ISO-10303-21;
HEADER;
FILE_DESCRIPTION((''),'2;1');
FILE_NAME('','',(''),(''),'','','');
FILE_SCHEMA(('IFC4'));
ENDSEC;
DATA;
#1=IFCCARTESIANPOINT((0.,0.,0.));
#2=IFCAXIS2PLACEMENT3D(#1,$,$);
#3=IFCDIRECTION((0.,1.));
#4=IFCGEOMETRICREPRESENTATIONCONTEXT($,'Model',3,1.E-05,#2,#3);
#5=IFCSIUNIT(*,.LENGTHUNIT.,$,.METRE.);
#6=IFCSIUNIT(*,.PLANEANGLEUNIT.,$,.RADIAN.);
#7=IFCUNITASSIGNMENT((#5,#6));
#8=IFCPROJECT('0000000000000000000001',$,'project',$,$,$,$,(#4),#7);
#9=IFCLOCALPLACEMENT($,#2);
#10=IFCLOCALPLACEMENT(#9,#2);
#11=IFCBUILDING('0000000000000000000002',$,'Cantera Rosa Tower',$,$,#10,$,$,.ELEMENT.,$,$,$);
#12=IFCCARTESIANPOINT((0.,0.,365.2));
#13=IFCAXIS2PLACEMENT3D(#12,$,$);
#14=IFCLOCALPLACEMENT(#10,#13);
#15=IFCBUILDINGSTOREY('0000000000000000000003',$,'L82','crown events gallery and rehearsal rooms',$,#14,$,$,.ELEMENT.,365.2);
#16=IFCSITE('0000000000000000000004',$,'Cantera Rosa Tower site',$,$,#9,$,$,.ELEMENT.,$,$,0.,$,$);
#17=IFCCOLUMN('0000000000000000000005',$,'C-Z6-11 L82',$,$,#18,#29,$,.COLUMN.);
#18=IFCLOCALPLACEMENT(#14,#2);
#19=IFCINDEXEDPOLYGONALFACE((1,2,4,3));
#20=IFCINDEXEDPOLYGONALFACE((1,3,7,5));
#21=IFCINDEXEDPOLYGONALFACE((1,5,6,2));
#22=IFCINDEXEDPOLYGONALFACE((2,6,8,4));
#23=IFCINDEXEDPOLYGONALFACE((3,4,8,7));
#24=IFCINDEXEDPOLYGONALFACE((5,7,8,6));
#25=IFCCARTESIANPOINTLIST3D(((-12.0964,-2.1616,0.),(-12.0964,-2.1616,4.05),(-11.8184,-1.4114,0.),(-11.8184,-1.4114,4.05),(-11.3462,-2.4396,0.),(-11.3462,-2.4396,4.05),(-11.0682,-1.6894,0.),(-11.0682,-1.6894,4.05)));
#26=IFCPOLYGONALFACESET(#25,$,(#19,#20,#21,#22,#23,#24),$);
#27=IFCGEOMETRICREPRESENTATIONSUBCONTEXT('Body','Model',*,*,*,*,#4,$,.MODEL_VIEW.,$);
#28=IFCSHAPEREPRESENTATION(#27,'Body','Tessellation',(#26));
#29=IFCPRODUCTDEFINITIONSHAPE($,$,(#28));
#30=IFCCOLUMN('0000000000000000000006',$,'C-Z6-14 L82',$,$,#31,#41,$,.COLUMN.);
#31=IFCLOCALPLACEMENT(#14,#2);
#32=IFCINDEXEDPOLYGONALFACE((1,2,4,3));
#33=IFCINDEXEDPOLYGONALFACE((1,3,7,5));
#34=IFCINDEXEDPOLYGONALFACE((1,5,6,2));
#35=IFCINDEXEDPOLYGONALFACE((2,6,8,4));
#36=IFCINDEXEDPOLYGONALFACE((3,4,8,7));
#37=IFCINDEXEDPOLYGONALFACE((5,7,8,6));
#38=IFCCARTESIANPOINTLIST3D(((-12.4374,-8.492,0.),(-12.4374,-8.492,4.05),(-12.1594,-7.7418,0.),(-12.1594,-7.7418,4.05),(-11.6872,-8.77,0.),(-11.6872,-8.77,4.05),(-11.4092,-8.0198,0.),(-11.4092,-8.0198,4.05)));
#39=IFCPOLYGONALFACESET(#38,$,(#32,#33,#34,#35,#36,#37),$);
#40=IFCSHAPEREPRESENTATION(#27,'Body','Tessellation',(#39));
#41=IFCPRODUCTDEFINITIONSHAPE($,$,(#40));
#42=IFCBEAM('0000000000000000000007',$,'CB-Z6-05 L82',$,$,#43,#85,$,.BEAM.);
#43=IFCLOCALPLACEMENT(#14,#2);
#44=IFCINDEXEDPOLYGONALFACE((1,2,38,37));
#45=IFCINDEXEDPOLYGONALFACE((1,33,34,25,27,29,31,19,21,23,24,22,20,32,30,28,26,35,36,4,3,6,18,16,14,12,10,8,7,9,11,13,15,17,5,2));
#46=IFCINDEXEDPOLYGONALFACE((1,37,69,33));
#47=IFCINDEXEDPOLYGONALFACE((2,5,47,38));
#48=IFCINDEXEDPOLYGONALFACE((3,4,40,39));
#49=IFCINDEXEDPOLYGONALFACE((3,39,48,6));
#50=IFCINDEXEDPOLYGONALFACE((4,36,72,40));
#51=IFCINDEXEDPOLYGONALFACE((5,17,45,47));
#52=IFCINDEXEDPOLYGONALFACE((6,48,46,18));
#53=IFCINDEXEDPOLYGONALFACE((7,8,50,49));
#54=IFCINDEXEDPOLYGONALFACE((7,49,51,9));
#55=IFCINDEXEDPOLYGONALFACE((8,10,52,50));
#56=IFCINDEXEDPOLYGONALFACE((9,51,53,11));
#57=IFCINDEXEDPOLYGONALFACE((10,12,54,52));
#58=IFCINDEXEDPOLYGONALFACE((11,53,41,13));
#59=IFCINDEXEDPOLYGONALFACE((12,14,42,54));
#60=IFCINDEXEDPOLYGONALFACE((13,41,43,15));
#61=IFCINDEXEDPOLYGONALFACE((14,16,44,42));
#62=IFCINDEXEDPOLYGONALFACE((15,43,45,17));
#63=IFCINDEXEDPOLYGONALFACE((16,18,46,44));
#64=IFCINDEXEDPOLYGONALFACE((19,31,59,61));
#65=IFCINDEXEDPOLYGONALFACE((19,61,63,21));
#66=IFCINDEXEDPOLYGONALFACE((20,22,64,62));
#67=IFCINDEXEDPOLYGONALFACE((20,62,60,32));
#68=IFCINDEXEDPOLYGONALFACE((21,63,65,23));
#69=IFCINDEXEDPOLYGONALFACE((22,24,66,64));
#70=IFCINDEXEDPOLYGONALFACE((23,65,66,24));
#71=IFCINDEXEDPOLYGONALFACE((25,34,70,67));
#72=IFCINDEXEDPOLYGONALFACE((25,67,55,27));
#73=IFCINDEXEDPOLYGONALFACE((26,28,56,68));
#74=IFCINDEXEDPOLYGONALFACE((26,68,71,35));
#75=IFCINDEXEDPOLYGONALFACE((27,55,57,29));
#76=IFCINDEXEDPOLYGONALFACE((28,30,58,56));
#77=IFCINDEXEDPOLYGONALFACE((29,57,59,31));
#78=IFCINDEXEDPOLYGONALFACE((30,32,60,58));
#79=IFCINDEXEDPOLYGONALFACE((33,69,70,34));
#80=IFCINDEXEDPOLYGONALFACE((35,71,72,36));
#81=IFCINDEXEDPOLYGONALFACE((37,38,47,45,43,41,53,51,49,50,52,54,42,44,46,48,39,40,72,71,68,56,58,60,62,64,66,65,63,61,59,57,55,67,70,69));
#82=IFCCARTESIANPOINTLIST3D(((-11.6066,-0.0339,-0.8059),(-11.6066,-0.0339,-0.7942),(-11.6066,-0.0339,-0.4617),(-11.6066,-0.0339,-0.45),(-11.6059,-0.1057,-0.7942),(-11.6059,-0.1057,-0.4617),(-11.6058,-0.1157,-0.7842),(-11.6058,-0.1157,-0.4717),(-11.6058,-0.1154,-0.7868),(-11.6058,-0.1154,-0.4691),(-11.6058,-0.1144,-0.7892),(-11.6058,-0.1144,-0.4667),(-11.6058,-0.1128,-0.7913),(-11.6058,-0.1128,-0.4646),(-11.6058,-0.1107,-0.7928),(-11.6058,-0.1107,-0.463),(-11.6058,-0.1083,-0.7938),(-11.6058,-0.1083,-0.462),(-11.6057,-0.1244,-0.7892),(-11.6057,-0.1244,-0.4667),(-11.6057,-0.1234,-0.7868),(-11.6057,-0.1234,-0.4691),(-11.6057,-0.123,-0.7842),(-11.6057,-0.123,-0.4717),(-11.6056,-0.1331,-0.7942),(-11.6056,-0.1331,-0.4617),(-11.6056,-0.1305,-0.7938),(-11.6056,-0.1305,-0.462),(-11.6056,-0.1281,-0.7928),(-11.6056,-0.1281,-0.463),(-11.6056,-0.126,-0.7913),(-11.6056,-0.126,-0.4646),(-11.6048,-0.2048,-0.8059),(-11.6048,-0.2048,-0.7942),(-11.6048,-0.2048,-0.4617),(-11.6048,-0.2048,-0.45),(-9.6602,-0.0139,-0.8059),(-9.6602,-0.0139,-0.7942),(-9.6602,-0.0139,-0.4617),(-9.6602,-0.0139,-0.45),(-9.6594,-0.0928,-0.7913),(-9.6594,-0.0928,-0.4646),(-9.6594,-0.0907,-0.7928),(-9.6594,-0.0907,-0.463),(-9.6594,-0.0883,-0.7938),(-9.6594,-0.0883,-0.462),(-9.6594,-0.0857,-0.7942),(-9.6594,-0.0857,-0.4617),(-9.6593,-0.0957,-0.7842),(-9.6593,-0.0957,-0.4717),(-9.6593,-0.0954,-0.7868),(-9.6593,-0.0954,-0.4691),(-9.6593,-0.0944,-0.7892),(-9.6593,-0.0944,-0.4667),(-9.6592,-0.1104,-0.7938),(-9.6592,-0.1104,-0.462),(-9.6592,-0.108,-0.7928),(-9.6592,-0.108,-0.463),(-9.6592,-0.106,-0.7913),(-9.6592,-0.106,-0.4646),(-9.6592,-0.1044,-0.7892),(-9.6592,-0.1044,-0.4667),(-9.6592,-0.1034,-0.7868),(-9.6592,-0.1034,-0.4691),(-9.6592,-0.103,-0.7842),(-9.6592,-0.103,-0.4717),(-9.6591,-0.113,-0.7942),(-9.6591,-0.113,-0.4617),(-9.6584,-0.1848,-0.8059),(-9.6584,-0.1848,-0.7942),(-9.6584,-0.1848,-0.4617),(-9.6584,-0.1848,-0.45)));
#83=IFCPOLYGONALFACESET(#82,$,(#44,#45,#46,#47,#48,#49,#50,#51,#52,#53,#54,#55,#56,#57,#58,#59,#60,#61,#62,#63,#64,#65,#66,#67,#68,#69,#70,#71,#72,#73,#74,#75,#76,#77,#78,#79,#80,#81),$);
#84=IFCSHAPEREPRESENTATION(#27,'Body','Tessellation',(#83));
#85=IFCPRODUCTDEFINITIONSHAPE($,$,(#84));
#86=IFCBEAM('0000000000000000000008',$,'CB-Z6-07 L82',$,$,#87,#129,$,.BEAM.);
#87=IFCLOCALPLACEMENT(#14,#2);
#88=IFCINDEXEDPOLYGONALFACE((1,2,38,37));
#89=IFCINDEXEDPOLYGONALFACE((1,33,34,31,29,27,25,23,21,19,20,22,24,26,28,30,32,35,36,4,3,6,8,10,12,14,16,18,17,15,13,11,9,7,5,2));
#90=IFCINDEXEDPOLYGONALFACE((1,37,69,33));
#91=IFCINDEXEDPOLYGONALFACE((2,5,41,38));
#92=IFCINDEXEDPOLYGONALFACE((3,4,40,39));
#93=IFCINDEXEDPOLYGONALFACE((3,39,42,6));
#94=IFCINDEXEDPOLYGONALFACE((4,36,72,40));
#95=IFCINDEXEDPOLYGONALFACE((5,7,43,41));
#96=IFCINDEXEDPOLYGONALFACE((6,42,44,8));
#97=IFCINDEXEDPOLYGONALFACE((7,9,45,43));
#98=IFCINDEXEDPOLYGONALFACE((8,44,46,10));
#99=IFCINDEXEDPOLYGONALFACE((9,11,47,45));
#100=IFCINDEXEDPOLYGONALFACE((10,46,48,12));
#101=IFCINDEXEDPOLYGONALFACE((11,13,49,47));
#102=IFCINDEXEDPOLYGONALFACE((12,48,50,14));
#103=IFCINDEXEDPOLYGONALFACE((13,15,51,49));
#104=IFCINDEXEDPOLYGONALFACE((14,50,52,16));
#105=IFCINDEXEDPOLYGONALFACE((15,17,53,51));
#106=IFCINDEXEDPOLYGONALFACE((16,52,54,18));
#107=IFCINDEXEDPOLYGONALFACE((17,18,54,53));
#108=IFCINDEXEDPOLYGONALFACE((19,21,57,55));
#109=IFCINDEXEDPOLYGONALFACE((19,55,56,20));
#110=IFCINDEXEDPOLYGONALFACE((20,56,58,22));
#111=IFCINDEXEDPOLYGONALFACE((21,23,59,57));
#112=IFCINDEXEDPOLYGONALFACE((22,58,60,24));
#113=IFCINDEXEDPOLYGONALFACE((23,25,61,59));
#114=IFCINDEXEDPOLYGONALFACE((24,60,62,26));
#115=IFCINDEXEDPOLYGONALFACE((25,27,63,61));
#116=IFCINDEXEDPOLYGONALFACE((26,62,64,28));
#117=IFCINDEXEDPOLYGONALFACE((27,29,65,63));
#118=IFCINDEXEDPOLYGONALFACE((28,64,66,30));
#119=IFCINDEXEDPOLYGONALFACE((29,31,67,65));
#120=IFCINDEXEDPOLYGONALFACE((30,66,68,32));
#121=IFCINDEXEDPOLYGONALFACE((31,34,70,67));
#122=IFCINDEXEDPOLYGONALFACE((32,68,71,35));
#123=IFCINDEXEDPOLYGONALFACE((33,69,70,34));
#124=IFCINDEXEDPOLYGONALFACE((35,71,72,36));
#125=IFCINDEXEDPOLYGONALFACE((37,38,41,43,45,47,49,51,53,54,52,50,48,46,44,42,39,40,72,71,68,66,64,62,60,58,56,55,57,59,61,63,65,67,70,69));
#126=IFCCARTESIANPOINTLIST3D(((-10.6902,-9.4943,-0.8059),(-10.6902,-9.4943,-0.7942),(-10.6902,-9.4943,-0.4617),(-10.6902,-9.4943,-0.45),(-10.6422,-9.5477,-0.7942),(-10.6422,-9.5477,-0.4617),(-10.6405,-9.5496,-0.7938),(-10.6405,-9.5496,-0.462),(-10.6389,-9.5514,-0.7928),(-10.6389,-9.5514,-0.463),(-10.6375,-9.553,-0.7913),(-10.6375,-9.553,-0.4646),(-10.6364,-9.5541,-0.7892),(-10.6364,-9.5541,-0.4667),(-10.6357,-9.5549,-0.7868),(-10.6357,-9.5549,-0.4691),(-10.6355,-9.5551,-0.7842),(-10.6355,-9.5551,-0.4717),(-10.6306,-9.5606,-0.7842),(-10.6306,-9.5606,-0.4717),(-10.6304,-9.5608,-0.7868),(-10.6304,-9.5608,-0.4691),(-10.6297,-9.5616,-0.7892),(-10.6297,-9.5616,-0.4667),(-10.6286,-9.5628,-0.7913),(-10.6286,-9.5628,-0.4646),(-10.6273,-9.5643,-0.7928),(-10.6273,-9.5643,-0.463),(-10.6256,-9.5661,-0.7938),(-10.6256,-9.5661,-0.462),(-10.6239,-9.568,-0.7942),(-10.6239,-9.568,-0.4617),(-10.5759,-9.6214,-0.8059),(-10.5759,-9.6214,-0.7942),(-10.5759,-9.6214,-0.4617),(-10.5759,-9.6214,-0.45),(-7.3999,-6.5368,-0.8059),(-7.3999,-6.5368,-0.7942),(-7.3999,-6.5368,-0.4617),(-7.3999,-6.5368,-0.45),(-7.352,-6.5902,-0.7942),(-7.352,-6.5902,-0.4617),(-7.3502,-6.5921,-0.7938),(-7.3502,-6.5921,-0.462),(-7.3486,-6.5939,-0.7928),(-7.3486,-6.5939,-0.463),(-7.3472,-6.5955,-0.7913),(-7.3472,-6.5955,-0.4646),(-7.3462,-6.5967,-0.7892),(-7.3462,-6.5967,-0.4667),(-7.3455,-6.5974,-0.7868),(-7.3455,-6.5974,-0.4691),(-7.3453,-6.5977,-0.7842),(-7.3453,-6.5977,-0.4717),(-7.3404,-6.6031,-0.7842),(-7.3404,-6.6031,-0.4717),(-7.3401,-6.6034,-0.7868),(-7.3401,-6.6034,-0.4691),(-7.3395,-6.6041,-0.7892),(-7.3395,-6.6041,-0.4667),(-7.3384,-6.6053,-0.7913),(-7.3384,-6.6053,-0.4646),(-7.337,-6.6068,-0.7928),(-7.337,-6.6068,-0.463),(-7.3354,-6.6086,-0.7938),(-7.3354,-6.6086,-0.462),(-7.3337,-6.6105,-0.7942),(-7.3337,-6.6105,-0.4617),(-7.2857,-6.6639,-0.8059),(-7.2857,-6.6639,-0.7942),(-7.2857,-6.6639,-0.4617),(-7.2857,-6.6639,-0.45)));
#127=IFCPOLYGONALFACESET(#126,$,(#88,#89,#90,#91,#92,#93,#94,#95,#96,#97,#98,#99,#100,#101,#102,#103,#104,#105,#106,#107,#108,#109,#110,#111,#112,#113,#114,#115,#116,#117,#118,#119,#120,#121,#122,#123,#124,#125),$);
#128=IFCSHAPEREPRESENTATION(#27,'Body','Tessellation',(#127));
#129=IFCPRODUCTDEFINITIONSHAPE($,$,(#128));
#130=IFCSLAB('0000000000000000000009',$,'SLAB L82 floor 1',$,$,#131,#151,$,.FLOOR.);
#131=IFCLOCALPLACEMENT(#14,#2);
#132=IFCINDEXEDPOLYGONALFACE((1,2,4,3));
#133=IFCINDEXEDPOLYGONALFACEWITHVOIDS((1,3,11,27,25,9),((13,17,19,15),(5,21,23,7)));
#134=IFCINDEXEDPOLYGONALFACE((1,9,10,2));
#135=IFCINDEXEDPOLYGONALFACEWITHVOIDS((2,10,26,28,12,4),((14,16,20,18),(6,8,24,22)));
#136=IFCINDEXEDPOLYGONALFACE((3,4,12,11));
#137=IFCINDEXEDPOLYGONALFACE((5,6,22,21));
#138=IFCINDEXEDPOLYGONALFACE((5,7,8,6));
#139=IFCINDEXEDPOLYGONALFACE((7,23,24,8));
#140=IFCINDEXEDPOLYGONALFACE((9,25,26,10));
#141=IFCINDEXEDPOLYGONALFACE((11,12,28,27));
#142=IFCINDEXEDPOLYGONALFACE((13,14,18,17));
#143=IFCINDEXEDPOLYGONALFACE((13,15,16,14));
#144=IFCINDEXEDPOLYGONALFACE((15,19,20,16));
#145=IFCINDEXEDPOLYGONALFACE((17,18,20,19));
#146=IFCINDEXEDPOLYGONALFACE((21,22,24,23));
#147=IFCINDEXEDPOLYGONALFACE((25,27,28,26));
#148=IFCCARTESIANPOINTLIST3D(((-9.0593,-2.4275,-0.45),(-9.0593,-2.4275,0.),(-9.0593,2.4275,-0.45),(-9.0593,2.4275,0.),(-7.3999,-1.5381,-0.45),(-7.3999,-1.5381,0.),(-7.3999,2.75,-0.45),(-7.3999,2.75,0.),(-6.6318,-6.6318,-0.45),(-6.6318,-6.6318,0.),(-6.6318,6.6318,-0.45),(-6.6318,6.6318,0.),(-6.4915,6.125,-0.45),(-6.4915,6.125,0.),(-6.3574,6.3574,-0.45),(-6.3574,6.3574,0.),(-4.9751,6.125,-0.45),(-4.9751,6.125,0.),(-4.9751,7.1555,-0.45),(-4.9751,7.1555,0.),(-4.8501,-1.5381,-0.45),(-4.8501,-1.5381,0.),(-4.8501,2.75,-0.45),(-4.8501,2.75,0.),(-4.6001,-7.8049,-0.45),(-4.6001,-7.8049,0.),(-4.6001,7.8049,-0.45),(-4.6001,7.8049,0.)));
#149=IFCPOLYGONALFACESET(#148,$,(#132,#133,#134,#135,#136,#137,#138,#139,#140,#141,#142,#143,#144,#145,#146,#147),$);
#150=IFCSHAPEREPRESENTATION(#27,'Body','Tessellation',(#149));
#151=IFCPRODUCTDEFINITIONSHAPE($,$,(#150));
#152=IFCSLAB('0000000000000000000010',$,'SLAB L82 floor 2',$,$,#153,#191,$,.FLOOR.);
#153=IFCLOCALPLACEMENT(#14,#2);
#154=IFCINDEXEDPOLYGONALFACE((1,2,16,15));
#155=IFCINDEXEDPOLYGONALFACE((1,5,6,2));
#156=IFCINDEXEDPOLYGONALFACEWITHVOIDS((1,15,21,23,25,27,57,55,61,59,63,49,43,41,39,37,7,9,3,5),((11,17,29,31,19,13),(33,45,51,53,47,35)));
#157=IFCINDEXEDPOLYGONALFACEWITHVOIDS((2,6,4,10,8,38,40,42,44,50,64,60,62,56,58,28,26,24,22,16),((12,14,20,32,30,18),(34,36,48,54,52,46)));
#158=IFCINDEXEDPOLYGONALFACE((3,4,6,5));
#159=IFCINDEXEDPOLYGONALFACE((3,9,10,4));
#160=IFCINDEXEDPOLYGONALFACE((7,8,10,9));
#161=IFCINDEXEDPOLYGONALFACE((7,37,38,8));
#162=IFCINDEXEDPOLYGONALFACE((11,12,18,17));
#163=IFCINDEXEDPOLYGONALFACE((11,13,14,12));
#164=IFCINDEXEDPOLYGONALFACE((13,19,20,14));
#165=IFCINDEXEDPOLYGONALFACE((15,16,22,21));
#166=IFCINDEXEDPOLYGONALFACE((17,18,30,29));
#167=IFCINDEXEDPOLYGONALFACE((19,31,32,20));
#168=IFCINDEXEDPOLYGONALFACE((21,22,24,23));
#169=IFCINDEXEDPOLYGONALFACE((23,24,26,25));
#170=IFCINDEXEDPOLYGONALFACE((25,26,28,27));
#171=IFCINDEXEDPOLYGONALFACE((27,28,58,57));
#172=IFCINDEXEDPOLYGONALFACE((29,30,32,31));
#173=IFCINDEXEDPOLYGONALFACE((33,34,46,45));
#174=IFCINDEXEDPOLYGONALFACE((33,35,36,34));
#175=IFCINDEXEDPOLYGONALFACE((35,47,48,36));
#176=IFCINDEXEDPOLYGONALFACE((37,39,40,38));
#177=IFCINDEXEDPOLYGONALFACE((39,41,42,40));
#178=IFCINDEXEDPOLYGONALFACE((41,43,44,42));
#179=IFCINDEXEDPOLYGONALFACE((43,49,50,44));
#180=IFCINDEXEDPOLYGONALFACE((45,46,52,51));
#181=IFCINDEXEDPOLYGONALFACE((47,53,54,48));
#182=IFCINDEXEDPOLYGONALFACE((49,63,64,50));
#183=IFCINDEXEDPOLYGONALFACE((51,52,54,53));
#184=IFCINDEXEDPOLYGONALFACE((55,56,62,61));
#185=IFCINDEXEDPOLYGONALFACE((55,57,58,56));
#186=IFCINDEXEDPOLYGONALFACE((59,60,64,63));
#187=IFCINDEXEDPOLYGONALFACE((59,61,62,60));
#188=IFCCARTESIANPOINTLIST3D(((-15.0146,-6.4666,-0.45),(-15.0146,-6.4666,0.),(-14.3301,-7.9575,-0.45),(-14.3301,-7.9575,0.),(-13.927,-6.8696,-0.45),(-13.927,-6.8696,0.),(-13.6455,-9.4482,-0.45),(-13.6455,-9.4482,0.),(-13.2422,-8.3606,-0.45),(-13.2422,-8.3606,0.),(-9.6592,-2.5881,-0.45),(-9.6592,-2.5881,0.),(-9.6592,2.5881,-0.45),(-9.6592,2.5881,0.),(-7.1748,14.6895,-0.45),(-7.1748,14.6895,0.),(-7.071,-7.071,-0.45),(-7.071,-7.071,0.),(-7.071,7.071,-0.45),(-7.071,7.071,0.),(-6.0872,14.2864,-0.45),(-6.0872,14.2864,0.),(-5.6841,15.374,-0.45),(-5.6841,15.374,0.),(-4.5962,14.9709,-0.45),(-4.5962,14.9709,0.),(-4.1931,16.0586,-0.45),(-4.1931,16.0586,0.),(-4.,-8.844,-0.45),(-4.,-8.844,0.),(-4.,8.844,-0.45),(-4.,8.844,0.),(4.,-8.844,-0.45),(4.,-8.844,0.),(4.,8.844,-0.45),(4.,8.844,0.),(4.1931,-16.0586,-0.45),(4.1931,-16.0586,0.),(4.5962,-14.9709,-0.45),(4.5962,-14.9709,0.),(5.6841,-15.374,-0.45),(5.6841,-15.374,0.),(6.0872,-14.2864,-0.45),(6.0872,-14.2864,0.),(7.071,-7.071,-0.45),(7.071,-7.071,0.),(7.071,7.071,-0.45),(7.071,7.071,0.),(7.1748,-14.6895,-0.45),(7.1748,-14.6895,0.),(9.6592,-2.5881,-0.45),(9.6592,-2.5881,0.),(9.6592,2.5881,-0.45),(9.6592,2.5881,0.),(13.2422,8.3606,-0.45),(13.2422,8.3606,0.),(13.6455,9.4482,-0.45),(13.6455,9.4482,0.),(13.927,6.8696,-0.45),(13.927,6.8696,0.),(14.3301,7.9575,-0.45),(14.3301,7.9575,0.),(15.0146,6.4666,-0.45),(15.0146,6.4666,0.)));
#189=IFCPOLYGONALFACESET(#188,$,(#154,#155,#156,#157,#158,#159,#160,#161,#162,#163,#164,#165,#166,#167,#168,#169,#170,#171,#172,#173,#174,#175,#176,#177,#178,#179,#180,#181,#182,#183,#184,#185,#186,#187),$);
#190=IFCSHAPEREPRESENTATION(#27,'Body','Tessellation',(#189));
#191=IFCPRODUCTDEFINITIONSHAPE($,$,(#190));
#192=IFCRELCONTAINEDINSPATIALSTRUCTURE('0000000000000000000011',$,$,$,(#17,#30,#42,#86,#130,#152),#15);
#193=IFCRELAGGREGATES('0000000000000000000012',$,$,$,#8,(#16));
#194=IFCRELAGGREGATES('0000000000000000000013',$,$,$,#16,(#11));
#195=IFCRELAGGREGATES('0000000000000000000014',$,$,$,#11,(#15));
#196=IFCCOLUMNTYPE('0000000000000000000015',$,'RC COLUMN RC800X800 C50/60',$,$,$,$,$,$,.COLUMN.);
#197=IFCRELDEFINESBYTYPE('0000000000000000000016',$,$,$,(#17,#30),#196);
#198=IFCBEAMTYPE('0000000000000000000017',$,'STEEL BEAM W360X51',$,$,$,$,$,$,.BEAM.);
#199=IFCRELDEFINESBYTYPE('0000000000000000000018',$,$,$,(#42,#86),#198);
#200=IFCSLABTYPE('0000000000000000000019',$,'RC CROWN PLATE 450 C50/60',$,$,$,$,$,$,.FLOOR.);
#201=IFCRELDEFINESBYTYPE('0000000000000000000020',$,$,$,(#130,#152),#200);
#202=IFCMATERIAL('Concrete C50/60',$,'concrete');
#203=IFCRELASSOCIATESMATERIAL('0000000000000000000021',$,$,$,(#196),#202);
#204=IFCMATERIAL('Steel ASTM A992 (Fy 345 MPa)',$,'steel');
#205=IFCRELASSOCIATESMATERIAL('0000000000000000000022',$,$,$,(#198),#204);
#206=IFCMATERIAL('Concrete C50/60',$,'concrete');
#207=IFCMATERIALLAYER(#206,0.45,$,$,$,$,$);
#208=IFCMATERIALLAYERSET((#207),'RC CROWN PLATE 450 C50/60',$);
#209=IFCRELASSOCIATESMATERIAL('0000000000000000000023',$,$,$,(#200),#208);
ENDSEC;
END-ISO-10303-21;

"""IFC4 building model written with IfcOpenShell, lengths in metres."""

from ifc_helpers import new_model, si_unit, direction, frame, origin, origin_2d, place, context, subcontext, project, spatial, polyline, rectangle, i_section, outline, extrude, material, layer, layer_set, material_profile, profile_set, type_object, element, save


model = new_model("IFC4")

# Units and contexts
model_context = context("Model", 3, precision=1e-05, world=origin(), true_north=direction((0.0, 1.0)))
body_context = subcontext(model_context, "Body", "Model", "MODEL_VIEW")
ifc_project = project(units=[si_unit("LENGTHUNIT", "METRE"), si_unit("PLANEANGLEUNIT", "RADIAN")], contexts=[model_context])

# Site, building, storey
site_placement = place(None, origin())
site = spatial("IfcSite", under=ifc_project, at=site_placement, Name="Cantera Rosa Tower site", CompositionType="ELEMENT", RefElevation=0.0)
building_placement = place(site_placement, origin())
building = spatial("IfcBuilding", under=site, at=building_placement, Name="Cantera Rosa Tower", CompositionType="ELEMENT")
storey_placement = place(building_placement, frame((0.0, 0.0, 365.2)))
storey = spatial("IfcBuildingStorey", under=building, at=storey_placement, Name="L82", Description="crown events gallery and rehearsal rooms", CompositionType="ELEMENT", Elevation=365.2)

# Columns
ifc_material_1 = material(Name="Concrete C50/60", Category="concrete")
ifc_material_profile_1 = material_profile(ifc_material_1, rectangle(XDim=0.8, YDim=0.8, at=origin_2d()), Name="RC COLUMN RC800X800 C50/60")
ifc_profile_set_1 = profile_set([ifc_material_profile_1], Name="Concrete C50/60")
column_type = type_object("IfcColumnType", Name="RC COLUMN RC800X800 C50/60", PredefinedType="COLUMN", material=ifc_profile_set_1)
for number, where, z_axis, x_axis, name in (
    (1, (-11.5823, -1.9255, 0.0), (0.0, 0.0, 1.0), (0.347481, 0.937687, 0.0), "C-Z6-11 L82"),
    (2, (-11.9233, -8.2559, 0.0), (0.0, 0.0, 1.0), (0.347481, 0.937687, 0.0), "C-Z6-14 L82"),
):
    element("IfcColumn", number, at=place(storey_placement, frame(where, z_axis=z_axis, x_axis=x_axis)), inside=storey, type_object=column_type, Name=name, PredefinedType="COLUMN", context=body_context, shape_type="SweptSolid", body=[
        extrude(rectangle(XDim=0.8, YDim=0.8, at=origin_2d()), origin(), (0.0, 0.0, 1.0), 4.05),
    ])

# Beams
ifc_material_2 = material(Name="Steel ASTM A992 (Fy 345 MPa)", Category="steel")
ifc_material_profile_2 = material_profile(ifc_material_2, i_section(OverallWidth=0.1709, OverallDepth=0.356, WebThickness=0.0073, FlangeThickness=0.0117, FilletRadius=0.01, at=origin_2d()), Name="W360X51")
ifc_profile_set_2 = profile_set([ifc_material_profile_2], Name="Steel ASTM A992 (Fy 345 MPa)")
beam_type = type_object("IfcBeamType", Name="STEEL BEAM W360X51", PredefinedType="BEAM", material=ifc_profile_set_2)
beam_1_placement = place(storey_placement, frame((-11.6057, -0.1194, -0.6279), z_axis=(0.999947, 0.010284, 0.0), x_axis=(-0.010284, 0.999947, 0.0)))
element("IfcBeam", 3, at=beam_1_placement, inside=storey, type_object=beam_type, Name="CB-Z6-05 L82", PredefinedType="BEAM", context=body_context, shape_type="SweptSolid", body=[
    extrude(i_section(OverallWidth=0.1709, OverallDepth=0.356, WebThickness=0.0073, FlangeThickness=0.0117, FilletRadius=0.01, at=origin_2d()), origin(), (0.0, 0.0, 1.0), 1.9465),
])
beam_2_placement = place(storey_placement, frame((-10.6331, -9.5579, -0.6279), z_axis=(0.743714, 0.668498, 0.0), x_axis=(-0.668498, 0.743714, 0.0)))
element("IfcBeam", 4, at=beam_2_placement, inside=storey, type_object=beam_type, Name="CB-Z6-07 L82", PredefinedType="BEAM", context=body_context, shape_type="SweptSolid", body=[
    extrude(i_section(OverallWidth=0.1709, OverallDepth=0.356, WebThickness=0.0073, FlangeThickness=0.0117, FilletRadius=0.01, at=origin_2d()), origin(), (0.0, 0.0, 1.0), 4.4241),
])

# Slabs
ifc_material_3 = material(Name="Concrete C50/60", Category="concrete")
ifc_layer_1 = layer(ifc_material_3, 0.45)
ifc_layer_set_1 = layer_set([ifc_layer_1], Name="RC CROWN PLATE 450 C50/60")
slab_type_1 = type_object("IfcSlabType", Name="RC CROWN PLATE 450 C50/60", PredefinedType="FLOOR", material=ifc_layer_set_1)
slab_1_placement = place(storey_placement, frame((0.0, 0.0, -0.45)))
element("IfcSlab", 5, at=slab_1_placement, inside=storey, type_object=slab_type_1, Name="SLAB L82 floor 1", PredefinedType="FLOOR", context=body_context, shape_type="SweptSolid", body=[
    extrude(outline(polyline([(-4.6001, 7.8049), (-4.6001, -7.8049), (-6.6318, -6.6318), (-9.0593, -2.4275), (-9.0593, 2.4275), (-6.6318, 6.6318), (-4.6001, 7.8049)]), holes=[polyline([(-7.3999, 2.75), (-7.3999, -1.5381), (-4.8501, -1.5381), (-4.8501, 2.75), (-7.3999, 2.75)]), polyline([(-4.9751, 6.125), (-4.9751, 7.1555), (-6.3574, 6.3574), (-6.4915, 6.125), (-4.9751, 6.125)])]), origin(), (0.0, 0.0, 1.0), 0.45),
])
slab_2_placement = place(storey_placement, frame((0.0, 0.0, -0.45)))
element("IfcSlab", 6, at=slab_2_placement, inside=storey, type_object=slab_type_1, Name="SLAB L82 floor 2", PredefinedType="FLOOR", context=body_context, shape_type="SweptSolid", body=[
    extrude(outline(polyline([(14.3301, 7.9575), (13.927, 6.8696), (15.0146, 6.4666), (7.1748, -14.6895), (6.0872, -14.2864), (5.6841, -15.374), (4.5962, -14.9709), (4.1931, -16.0586), (-13.6455, -9.4482), (-13.2422, -8.3606), (-14.3301, -7.9575), (-13.927, -6.8696), (-15.0146, -6.4666), (-7.1748, 14.6895), (-6.0872, 14.2864), (-5.6841, 15.374), (-4.5962, 14.9709), (-4.1931, 16.0586), (13.6455, 9.4482), (13.2422, 8.3606), (14.3301, 7.9575)]), holes=[polyline([(-9.6592, 2.5881), (-9.6592, -2.5881), (-7.071, -7.071), (-4.0, -8.844), (-4.0, 8.844), (-7.071, 7.071), (-9.6592, 2.5881)]), polyline([(9.6592, -2.5881), (9.6592, 2.5881), (7.071, 7.071), (4.0, 8.844), (4.0, -8.844), (7.071, -7.071), (9.6592, -2.5881)])]), origin(), (0.0, 0.0, 1.0), 0.45),
])

save(model, "model.ifc")
